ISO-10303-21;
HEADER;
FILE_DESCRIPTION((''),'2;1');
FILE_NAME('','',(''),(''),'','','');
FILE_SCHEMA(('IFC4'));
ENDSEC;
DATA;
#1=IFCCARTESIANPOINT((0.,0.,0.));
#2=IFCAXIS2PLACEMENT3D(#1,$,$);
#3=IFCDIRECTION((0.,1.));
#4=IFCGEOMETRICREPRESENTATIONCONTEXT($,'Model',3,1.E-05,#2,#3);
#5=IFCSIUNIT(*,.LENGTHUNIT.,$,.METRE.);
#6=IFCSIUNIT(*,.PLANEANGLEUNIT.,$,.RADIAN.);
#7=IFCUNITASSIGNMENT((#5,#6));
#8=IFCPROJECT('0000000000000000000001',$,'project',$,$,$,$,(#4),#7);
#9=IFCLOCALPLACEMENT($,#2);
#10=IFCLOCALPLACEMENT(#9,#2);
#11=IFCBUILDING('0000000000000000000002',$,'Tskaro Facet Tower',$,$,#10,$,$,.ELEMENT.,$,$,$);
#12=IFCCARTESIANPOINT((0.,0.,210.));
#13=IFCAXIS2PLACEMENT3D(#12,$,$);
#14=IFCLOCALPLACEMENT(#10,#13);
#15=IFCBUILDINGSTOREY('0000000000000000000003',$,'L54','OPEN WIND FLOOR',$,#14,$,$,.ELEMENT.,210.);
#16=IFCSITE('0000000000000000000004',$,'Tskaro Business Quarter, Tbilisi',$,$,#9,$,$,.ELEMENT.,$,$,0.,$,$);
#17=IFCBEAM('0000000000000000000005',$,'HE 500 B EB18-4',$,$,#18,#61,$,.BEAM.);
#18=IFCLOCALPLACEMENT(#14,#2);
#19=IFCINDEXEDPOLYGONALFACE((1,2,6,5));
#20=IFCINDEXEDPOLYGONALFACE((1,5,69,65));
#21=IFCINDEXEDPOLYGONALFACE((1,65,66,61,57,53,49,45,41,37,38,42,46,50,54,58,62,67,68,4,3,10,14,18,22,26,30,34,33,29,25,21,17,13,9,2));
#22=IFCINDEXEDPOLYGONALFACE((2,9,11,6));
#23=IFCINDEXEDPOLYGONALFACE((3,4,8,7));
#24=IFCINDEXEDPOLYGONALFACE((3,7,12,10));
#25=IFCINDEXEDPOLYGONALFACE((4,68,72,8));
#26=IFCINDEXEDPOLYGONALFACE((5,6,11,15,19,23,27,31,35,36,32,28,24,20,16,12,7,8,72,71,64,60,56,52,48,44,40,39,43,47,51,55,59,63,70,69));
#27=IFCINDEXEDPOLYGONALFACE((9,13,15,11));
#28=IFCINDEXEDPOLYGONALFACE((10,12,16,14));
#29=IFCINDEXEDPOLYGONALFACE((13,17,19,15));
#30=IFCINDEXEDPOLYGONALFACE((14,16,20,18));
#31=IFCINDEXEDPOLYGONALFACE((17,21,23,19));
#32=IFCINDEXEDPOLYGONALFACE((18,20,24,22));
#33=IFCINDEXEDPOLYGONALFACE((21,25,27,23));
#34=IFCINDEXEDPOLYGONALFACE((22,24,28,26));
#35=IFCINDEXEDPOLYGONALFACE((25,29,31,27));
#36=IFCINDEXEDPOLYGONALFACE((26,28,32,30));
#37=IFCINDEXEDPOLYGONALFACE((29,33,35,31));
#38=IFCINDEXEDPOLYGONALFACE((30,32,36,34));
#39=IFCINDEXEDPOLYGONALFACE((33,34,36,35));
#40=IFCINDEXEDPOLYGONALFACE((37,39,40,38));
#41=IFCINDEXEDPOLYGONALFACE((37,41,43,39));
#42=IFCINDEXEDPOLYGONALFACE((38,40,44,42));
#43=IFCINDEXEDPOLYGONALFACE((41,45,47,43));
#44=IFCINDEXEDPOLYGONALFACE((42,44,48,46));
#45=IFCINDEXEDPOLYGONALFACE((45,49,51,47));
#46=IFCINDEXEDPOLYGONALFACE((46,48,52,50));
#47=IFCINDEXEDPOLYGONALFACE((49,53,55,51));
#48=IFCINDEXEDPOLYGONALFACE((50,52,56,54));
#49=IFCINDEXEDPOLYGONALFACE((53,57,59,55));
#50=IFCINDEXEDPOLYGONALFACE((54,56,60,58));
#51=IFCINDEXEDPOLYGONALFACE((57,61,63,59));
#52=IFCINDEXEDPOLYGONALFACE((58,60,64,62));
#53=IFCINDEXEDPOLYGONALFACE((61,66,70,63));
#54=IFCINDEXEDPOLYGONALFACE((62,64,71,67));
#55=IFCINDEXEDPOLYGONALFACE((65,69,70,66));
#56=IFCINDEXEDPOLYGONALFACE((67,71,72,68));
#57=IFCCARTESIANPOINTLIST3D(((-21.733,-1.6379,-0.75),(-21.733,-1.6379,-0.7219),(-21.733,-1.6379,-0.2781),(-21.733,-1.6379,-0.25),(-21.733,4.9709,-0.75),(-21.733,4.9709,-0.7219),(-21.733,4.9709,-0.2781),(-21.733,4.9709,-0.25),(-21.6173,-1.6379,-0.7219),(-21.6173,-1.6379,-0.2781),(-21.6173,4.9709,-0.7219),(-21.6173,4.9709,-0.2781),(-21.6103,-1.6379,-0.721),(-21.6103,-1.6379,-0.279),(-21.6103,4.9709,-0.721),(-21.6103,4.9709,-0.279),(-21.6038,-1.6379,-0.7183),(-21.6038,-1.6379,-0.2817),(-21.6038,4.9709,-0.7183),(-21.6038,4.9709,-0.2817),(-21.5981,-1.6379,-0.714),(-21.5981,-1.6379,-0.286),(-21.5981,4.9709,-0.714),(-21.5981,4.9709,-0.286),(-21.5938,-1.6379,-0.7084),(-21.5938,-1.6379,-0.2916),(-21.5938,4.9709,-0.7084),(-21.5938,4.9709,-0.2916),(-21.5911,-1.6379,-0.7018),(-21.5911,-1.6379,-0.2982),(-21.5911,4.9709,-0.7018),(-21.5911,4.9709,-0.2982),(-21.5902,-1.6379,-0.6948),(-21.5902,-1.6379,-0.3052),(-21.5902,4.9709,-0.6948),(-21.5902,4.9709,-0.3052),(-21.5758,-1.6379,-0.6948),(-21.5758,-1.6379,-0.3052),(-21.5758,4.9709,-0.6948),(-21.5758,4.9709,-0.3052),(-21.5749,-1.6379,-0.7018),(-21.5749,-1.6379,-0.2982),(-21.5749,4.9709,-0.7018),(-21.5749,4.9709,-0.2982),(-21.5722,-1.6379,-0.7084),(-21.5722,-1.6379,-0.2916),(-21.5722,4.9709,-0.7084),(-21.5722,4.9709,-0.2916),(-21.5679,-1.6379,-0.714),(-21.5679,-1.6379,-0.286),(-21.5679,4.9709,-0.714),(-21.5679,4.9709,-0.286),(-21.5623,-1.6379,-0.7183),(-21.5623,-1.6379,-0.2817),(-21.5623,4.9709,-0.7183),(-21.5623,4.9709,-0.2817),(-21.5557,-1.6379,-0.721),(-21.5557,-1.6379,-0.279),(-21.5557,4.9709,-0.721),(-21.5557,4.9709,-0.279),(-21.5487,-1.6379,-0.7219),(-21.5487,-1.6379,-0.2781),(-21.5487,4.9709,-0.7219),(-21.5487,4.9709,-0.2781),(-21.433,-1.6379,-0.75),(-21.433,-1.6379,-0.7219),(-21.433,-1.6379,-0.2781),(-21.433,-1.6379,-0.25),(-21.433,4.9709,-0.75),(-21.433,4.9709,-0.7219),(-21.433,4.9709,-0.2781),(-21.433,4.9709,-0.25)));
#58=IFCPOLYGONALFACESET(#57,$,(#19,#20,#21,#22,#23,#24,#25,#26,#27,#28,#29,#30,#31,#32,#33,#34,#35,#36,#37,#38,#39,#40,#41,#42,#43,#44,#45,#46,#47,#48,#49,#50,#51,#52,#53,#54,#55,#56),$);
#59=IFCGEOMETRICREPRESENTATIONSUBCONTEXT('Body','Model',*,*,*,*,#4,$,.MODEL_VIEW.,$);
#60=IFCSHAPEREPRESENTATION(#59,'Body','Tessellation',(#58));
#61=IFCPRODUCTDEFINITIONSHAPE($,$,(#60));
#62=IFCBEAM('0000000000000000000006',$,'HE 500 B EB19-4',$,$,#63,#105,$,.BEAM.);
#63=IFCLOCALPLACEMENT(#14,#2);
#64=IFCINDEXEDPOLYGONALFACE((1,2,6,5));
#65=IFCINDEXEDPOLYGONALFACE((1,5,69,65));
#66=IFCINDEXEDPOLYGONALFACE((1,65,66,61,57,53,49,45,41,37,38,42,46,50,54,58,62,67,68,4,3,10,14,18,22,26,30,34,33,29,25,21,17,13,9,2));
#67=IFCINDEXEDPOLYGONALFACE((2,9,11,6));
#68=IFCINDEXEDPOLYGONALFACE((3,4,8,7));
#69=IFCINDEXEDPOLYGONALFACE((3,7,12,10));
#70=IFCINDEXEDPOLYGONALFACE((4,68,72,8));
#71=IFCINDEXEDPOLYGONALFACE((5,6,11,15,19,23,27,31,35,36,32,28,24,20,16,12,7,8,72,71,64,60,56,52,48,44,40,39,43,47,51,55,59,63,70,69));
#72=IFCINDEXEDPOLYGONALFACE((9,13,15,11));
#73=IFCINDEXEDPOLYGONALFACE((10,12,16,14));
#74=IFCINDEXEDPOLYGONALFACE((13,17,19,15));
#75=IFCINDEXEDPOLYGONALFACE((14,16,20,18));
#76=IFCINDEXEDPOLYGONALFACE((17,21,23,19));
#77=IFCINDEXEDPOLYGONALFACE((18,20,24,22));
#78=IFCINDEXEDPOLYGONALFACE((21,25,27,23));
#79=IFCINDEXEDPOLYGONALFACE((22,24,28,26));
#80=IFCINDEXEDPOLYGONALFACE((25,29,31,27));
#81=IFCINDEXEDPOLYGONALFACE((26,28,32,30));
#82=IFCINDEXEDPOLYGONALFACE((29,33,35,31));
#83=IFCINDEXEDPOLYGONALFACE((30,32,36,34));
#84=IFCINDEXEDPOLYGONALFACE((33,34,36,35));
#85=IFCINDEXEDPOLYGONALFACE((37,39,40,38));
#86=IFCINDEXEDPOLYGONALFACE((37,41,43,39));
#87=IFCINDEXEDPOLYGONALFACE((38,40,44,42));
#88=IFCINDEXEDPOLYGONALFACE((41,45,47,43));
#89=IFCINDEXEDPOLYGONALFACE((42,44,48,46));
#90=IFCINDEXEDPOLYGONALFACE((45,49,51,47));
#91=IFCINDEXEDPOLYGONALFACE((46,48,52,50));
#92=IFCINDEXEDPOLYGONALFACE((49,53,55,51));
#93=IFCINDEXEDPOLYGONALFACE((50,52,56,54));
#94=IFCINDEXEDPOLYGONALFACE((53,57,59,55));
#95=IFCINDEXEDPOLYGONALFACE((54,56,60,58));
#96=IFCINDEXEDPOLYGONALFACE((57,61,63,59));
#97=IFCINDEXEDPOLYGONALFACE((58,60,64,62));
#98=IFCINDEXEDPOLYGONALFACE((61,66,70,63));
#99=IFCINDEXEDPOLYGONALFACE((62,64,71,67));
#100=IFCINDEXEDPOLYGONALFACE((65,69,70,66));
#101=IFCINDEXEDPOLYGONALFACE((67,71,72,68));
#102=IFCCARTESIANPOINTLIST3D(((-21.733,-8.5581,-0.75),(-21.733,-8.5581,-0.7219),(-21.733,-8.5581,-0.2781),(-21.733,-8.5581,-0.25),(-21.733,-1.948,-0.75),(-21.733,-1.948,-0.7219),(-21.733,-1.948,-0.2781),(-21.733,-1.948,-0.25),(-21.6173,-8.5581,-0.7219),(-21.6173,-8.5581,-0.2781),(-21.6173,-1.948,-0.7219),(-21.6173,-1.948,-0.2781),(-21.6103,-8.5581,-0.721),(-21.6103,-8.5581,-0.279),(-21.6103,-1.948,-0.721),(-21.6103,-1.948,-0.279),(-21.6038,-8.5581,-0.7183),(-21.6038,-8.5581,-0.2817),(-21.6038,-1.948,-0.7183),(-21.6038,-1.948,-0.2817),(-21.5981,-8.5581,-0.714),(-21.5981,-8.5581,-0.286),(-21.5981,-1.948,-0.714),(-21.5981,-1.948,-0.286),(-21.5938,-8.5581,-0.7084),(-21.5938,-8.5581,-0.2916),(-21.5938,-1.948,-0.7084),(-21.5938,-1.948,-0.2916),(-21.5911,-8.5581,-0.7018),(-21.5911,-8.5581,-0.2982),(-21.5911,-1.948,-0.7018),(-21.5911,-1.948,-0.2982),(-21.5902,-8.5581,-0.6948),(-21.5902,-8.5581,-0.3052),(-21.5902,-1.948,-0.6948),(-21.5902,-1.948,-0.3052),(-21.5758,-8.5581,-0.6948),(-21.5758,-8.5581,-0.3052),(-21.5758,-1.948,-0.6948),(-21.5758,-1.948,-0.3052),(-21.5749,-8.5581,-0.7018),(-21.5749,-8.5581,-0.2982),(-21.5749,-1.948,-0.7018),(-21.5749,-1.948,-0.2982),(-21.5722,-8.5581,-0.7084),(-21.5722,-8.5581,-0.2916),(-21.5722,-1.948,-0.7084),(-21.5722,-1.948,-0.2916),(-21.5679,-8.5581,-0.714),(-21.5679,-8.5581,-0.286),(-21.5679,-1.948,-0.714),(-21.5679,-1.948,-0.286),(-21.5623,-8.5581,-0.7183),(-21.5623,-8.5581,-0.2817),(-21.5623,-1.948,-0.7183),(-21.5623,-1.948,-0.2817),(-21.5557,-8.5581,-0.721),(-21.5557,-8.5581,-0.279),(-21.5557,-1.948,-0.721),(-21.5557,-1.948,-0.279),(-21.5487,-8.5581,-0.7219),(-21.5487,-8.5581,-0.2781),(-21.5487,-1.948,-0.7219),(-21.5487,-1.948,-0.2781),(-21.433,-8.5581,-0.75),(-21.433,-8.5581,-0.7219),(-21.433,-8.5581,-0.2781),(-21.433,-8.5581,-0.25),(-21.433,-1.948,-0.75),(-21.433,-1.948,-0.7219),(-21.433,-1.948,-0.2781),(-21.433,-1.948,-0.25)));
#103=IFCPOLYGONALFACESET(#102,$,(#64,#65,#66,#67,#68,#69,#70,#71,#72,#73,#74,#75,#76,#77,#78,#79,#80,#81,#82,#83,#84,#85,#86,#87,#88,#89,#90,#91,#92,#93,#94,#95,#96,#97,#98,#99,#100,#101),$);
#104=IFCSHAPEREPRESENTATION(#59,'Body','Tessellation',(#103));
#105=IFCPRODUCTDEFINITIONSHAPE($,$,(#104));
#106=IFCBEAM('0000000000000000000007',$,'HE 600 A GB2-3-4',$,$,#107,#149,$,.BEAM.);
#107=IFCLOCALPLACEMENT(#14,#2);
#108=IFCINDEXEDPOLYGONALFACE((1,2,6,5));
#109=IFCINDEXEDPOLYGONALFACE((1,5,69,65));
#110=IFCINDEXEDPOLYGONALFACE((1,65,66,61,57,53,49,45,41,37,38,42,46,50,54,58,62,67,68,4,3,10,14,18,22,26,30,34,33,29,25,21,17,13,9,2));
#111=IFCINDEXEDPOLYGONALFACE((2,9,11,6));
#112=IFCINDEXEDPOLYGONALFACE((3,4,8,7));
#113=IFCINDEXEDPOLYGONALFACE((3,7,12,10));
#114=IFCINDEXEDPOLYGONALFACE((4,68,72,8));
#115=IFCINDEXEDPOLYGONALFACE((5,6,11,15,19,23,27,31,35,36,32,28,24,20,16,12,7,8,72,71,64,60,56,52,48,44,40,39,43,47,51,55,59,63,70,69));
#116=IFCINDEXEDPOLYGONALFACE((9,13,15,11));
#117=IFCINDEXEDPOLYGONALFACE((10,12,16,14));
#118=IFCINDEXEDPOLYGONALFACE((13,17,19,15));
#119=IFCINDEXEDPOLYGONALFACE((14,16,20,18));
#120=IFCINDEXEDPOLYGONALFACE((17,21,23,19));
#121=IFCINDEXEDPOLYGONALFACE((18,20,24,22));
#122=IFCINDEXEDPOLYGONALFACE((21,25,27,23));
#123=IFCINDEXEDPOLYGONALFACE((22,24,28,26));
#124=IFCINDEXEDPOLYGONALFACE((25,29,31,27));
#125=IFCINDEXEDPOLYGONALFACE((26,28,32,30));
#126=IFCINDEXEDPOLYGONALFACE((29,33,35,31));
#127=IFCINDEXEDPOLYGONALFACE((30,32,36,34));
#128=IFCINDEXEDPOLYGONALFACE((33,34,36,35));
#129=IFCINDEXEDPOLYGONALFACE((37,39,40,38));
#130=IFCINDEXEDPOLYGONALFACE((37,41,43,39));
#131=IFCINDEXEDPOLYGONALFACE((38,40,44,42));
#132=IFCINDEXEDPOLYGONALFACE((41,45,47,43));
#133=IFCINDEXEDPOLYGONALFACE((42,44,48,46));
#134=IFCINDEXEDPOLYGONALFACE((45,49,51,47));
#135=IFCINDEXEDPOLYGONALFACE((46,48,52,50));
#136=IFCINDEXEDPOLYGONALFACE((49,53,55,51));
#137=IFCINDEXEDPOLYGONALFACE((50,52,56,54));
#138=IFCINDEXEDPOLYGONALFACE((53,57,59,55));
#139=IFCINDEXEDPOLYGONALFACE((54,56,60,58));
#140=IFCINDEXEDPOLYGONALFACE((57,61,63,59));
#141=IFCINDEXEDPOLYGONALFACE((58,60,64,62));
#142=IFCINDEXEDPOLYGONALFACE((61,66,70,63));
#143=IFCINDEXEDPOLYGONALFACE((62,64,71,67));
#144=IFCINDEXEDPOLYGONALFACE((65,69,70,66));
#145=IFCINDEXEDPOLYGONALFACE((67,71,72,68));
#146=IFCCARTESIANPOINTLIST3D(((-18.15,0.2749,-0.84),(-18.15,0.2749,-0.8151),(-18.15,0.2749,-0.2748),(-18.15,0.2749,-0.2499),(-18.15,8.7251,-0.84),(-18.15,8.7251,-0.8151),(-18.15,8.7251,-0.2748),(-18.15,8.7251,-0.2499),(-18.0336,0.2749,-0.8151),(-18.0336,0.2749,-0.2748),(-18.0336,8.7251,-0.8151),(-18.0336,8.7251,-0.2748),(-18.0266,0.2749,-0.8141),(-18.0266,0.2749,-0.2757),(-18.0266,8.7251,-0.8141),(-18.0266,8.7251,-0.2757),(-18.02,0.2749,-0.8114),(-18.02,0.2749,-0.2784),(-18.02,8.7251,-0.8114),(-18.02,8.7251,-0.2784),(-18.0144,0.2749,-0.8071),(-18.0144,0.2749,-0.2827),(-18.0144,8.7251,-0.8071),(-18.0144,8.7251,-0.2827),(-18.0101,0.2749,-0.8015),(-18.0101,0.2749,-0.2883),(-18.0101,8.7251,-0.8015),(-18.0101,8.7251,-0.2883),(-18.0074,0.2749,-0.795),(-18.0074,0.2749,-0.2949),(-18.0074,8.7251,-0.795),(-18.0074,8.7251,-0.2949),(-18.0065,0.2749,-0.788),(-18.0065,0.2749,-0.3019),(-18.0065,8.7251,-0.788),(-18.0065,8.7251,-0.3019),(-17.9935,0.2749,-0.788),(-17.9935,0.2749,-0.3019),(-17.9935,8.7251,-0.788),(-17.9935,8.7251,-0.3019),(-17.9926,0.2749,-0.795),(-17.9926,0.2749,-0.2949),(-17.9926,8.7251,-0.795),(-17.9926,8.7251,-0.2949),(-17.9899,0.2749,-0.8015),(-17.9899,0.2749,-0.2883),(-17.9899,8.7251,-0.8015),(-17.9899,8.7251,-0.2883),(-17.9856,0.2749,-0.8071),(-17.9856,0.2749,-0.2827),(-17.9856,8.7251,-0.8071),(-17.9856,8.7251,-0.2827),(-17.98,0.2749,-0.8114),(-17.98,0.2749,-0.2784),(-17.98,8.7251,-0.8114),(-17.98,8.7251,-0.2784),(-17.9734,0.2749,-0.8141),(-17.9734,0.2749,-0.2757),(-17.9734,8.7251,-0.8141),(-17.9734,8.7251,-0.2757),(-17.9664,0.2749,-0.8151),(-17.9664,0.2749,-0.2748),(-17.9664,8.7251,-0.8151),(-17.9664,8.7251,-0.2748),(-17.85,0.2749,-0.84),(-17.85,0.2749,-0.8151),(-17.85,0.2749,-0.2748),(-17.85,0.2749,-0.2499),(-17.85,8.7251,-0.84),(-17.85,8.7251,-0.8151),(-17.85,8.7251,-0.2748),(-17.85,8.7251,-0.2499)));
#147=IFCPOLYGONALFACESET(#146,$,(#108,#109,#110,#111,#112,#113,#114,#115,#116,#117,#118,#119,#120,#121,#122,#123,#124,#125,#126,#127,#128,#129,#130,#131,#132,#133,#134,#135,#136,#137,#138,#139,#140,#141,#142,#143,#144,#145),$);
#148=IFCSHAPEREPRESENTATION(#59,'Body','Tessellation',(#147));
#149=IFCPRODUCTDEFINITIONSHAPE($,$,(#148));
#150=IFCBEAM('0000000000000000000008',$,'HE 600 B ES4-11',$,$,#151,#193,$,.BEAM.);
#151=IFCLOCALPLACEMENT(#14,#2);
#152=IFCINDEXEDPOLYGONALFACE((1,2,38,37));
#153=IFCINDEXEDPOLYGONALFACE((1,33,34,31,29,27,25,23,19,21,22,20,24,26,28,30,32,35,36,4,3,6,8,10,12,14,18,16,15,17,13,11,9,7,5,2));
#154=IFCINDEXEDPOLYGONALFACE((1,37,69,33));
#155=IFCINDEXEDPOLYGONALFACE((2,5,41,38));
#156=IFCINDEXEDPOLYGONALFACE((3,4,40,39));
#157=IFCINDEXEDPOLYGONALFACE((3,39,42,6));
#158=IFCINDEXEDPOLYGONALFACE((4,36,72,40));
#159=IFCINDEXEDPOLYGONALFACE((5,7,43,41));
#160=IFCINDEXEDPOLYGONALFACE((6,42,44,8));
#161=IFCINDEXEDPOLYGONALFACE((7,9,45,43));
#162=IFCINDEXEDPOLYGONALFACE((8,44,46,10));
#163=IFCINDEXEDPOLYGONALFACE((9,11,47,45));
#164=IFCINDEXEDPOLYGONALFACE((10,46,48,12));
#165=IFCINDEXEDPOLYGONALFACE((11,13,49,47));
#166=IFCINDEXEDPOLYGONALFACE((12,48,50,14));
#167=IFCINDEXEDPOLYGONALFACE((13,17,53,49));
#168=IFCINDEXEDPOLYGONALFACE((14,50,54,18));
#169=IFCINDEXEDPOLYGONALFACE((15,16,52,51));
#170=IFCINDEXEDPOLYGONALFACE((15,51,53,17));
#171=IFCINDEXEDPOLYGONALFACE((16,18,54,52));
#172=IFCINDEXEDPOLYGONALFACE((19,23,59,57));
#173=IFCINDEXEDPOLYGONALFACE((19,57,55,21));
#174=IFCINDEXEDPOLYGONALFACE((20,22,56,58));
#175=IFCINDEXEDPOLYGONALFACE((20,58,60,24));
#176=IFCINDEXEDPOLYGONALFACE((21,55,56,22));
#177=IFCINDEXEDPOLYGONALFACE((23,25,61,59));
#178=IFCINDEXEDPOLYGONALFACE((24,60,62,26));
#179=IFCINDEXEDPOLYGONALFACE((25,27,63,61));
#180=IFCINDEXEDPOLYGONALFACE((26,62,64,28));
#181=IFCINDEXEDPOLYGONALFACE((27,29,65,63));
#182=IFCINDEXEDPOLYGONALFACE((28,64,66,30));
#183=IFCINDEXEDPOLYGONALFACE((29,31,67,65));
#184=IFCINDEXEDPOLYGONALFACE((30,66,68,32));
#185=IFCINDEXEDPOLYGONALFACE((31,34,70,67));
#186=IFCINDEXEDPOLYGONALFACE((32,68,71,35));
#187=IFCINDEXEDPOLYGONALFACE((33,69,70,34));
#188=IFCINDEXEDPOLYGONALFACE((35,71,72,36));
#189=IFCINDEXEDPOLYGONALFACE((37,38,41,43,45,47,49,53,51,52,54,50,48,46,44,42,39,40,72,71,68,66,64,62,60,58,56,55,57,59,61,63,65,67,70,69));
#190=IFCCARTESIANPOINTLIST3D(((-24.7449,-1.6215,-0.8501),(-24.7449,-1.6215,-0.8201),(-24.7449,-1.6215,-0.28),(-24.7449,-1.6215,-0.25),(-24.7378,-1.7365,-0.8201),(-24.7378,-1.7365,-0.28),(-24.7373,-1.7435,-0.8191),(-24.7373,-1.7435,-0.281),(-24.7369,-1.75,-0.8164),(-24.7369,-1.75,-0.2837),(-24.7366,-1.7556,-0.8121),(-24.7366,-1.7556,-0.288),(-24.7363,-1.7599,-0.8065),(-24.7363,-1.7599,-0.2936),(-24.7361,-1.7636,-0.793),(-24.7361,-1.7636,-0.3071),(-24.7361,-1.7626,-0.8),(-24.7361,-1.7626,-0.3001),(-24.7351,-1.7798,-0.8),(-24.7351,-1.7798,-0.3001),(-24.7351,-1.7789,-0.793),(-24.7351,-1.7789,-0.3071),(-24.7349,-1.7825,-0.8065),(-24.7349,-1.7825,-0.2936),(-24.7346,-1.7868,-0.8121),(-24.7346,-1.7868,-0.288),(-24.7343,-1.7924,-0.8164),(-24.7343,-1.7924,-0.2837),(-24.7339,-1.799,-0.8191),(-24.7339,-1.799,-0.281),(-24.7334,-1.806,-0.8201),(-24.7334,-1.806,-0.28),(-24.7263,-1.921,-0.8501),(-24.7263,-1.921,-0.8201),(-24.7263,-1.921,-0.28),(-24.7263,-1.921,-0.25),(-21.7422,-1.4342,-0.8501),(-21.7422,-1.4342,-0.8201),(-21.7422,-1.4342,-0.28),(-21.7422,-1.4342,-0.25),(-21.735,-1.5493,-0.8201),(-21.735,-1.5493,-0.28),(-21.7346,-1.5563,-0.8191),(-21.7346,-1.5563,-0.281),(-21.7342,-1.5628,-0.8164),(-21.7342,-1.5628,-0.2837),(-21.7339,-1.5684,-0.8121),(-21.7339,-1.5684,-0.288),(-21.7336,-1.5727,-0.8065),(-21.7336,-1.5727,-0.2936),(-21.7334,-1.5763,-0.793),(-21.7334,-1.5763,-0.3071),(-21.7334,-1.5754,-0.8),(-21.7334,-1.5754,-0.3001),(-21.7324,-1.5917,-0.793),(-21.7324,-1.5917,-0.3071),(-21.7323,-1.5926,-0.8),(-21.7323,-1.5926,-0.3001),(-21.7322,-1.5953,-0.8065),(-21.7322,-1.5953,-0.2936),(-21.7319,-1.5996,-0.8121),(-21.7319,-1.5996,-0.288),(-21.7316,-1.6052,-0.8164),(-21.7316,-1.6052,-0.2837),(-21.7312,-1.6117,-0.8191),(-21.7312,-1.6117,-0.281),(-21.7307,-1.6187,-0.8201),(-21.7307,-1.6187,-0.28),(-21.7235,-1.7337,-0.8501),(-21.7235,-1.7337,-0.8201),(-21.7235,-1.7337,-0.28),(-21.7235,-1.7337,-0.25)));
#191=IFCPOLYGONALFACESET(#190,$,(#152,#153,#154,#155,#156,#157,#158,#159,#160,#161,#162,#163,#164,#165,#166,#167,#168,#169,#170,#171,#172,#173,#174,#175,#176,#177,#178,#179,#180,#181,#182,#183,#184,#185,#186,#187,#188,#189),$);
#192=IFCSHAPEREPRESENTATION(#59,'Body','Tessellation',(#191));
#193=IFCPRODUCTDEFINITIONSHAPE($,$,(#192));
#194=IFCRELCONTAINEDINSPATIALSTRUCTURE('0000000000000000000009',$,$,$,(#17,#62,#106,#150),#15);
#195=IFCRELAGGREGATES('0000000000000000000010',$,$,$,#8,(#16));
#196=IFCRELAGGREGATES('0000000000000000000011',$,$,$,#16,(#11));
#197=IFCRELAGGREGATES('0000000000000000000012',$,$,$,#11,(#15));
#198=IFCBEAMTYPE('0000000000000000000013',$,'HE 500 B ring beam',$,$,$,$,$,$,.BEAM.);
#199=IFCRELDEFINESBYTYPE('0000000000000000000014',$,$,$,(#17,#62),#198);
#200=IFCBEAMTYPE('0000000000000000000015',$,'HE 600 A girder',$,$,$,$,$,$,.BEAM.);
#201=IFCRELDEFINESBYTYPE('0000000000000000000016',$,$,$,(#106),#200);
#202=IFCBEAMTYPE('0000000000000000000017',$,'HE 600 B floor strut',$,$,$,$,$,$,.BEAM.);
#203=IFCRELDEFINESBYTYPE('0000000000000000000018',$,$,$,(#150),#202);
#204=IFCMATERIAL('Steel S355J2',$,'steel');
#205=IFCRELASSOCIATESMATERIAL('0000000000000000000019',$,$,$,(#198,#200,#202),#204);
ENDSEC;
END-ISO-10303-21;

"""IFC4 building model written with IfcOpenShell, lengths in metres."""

from ifc_helpers import new_model, si_unit, direction, frame, origin, origin_2d, place, context, subcontext, project, spatial, i_section, extrude, material, material_profile, profile_set, type_object, element, save


model = new_model("IFC4")

# Units and contexts
model_context = context("Model", 3, precision=1e-05, world=origin(), true_north=direction((0.0, 1.0)))
body_context = subcontext(model_context, "Body", "Model", "MODEL_VIEW")
ifc_project = project(units=[si_unit("LENGTHUNIT", "METRE"), si_unit("PLANEANGLEUNIT", "RADIAN")], contexts=[model_context])

# Site, building, storey
site_placement = place(None, origin())
site = spatial("IfcSite", under=ifc_project, at=site_placement, Name="Tskaro Business Quarter, Tbilisi", CompositionType="ELEMENT", RefElevation=0.0)
building_placement = place(site_placement, origin())
building = spatial("IfcBuilding", under=site, at=building_placement, Name="Tskaro Facet Tower", CompositionType="ELEMENT")
storey_placement = place(building_placement, frame((0.0, 0.0, 210.0)))
storey = spatial("IfcBuildingStorey", under=building, at=storey_placement, Name="L54", Description="OPEN WIND FLOOR", CompositionType="ELEMENT", Elevation=210.0)

# Shared definitions
ifc_material_1 = material(Name="Steel S355J2", Category="steel")

# Beams
ifc_material_profile_1 = material_profile(ifc_material_1, i_section(OverallWidth=0.3, OverallDepth=0.5, WebThickness=0.0144, FlangeThickness=0.0281, FilletRadius=0.0271, at=origin_2d()), Name="HE 500 B")
ifc_profile_set_1 = profile_set([ifc_material_profile_1], Name="Steel S355J2")
beam_type_1 = type_object("IfcBeamType", Name="HE 500 B ring beam", PredefinedType="BEAM", material=ifc_profile_set_1)
beam_1_placement = place(storey_placement, frame((-21.583, 4.9709, -0.5), z_axis=(0.0, -1.0, 0.0), x_axis=(1.0, 0.0, 0.0)))
element("IfcBeam", 1, at=beam_1_placement, inside=storey, type_object=beam_type_1, Name="HE 500 B EB18-4", PredefinedType="BEAM", context=body_context, shape_type="SweptSolid", body=[
    extrude(i_section(OverallWidth=0.3, OverallDepth=0.5, WebThickness=0.0144, FlangeThickness=0.0281, FilletRadius=0.0271, at=origin_2d()), origin(), (0.0, 0.0, 1.0), 6.6089),
])
beam_2_placement = place(storey_placement, frame((-21.583, -1.948, -0.5), z_axis=(0.0, -1.0, 0.0), x_axis=(1.0, 0.0, 0.0)))
element("IfcBeam", 2, at=beam_2_placement, inside=storey, type_object=beam_type_1, Name="HE 500 B EB19-4", PredefinedType="BEAM", context=body_context, shape_type="SweptSolid", body=[
    extrude(i_section(OverallWidth=0.3, OverallDepth=0.5, WebThickness=0.0144, FlangeThickness=0.0281, FilletRadius=0.0271, at=origin_2d()), origin(), (0.0, 0.0, 1.0), 6.6101),
])
ifc_material_profile_2 = material_profile(ifc_material_1, i_section(OverallWidth=0.3, OverallDepth=0.5901, WebThickness=0.0129, FlangeThickness=0.0249, FilletRadius=0.0271, at=origin_2d()), Name="HE 600 A")
ifc_profile_set_2 = profile_set([ifc_material_profile_2], Name="Steel S355J2")
beam_type_2 = type_object("IfcBeamType", Name="HE 600 A girder", PredefinedType="BEAM", material=ifc_profile_set_2)
beam_3_placement = place(storey_placement, frame((-18.0, 0.2749, -0.5449), z_axis=(0.0, 1.0, 0.0), x_axis=(-1.0, 0.0, 0.0)))
element("IfcBeam", 3, at=beam_3_placement, inside=storey, type_object=beam_type_2, Name="HE 600 A GB2-3-4", PredefinedType="BEAM", context=body_context, shape_type="SweptSolid", body=[
    extrude(i_section(OverallWidth=0.3, OverallDepth=0.5901, WebThickness=0.0129, FlangeThickness=0.0249, FilletRadius=0.0271, at=origin_2d()), origin(), (0.0, 0.0, 1.0), 8.4502),
])
ifc_material_profile_3 = material_profile(ifc_material_1, i_section(OverallWidth=0.3, OverallDepth=0.6001, WebThickness=0.0154, FlangeThickness=0.03, FilletRadius=0.0271, at=origin_2d()), Name="HE 600 B")
ifc_profile_set_3 = profile_set([ifc_material_profile_3], Name="Steel S355J2")
beam_type_3 = type_object("IfcBeamType", Name="HE 600 B floor strut", PredefinedType="BEAM", material=ifc_profile_set_3)
beam_4_placement = place(storey_placement, frame((-24.7356, -1.7712, -0.55), z_axis=(0.998061, 0.062242, 0.0), x_axis=(-0.062242, 0.998061, 0.0)))
element("IfcBeam", 4, at=beam_4_placement, inside=storey, type_object=beam_type_3, Name="HE 600 B ES4-11", PredefinedType="BEAM", context=body_context, shape_type="SweptSolid", body=[
    extrude(i_section(OverallWidth=0.3, OverallDepth=0.6001, WebThickness=0.0154, FlangeThickness=0.03, FilletRadius=0.0271, at=origin_2d()), origin(), (0.0, 0.0, 1.0), 3.0085),
])

save(model, "model.ifc")
